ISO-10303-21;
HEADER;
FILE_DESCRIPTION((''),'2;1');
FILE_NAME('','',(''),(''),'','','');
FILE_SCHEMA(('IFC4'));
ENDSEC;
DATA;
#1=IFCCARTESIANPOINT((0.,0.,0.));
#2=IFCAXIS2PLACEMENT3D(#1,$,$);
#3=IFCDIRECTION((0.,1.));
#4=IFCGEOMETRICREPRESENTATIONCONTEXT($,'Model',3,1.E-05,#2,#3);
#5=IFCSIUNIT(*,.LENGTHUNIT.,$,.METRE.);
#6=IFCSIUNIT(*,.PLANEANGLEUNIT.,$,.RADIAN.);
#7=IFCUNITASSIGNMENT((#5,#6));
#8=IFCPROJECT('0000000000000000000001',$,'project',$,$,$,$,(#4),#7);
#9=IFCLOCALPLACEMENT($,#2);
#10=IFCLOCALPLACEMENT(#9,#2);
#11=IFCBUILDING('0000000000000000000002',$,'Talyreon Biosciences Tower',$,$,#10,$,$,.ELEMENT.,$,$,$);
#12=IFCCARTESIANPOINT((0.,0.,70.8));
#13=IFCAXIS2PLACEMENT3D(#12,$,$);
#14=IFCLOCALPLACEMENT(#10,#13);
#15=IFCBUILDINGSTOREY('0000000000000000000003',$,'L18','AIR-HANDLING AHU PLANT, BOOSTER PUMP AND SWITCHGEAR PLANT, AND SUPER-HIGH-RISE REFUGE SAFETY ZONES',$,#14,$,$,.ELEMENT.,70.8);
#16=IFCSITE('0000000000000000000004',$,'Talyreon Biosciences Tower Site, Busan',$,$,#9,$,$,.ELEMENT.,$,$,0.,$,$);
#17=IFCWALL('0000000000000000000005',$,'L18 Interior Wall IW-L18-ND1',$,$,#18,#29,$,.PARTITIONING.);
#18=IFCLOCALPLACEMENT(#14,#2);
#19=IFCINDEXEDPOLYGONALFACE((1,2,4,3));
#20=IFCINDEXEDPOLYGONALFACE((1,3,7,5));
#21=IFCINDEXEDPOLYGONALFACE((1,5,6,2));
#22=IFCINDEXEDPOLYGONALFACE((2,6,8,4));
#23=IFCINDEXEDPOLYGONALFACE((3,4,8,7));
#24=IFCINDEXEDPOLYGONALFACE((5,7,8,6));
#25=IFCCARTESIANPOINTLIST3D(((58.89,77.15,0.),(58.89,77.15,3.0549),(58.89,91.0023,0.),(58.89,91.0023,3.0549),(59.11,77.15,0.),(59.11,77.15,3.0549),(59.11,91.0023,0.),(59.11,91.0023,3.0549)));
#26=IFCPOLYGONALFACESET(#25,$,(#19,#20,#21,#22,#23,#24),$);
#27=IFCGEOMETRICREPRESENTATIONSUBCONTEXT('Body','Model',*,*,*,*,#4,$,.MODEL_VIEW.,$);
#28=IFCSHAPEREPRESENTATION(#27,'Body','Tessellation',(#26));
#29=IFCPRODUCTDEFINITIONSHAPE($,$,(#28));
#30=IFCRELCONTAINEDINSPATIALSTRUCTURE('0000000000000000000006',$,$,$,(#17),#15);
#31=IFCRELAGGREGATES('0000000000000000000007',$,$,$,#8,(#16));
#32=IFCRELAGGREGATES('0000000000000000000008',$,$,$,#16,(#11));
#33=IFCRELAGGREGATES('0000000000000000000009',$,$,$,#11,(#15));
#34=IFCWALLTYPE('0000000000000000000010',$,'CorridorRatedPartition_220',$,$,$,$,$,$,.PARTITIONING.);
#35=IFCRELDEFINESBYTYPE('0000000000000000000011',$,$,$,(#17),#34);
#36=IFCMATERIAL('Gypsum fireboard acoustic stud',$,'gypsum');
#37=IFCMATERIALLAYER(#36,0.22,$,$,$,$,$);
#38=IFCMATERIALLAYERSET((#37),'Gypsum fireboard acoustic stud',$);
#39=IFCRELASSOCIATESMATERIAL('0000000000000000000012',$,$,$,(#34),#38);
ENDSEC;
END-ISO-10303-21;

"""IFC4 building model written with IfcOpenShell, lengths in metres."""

from ifc_helpers import new_model, si_unit, direction, frame, frame_2d, origin, place, context, subcontext, project, spatial, rectangle, extrude, material, layer, layer_set, type_object, element, save


model = new_model("IFC4")

# Units and contexts
model_context = context("Model", 3, precision=1e-05, world=origin(), true_north=direction((0.0, 1.0)))
body_context = subcontext(model_context, "Body", "Model", "MODEL_VIEW")
ifc_project = project(units=[si_unit("LENGTHUNIT", "METRE"), si_unit("PLANEANGLEUNIT", "RADIAN")], contexts=[model_context])

# Site, building, storey
site_placement = place(None, origin())
site = spatial("IfcSite", under=ifc_project, at=site_placement, Name="Talyreon Biosciences Tower Site, Busan", CompositionType="ELEMENT", RefElevation=0.0)
building_placement = place(site_placement, origin())
building = spatial("IfcBuilding", under=site, at=building_placement, Name="Talyreon Biosciences Tower", CompositionType="ELEMENT")
storey_placement = place(building_placement, frame((0.0, 0.0, 70.8)))
storey = spatial("IfcBuildingStorey", under=building, at=storey_placement, Name="L18", Description="AIR-HANDLING AHU PLANT, BOOSTER PUMP AND SWITCHGEAR PLANT, AND SUPER-HIGH-RISE REFUGE SAFETY ZONES", CompositionType="ELEMENT", Elevation=70.8)

# Wall
ifc_material_1 = material(Name="Gypsum fireboard acoustic stud", Category="gypsum")
ifc_layer_1 = layer(ifc_material_1, 0.22)
ifc_layer_set_1 = layer_set([ifc_layer_1], Name="Gypsum fireboard acoustic stud")
wall_type = type_object("IfcWallType", Name="CorridorRatedPartition_220", PredefinedType="PARTITIONING", material=ifc_layer_set_1)
wall_1_placement = place(storey_placement, frame((59.0, 77.1499, 0.0), z_axis=(0.0, 0.0, 1.0), x_axis=(0.0, 1.0, 0.0)))
element("IfcWall", 1, at=wall_1_placement, inside=storey, type_object=wall_type, Name="L18 Interior Wall IW-L18-ND1", PredefinedType="PARTITIONING", context=body_context, shape_type="SweptSolid", body=[
    extrude(rectangle(XDim=13.8523, YDim=0.22, at=frame_2d((6.9263, 0.0))), origin(), (0.0, 0.0, 1.0), 3.0549),
])

save(model, "model.ifc")
